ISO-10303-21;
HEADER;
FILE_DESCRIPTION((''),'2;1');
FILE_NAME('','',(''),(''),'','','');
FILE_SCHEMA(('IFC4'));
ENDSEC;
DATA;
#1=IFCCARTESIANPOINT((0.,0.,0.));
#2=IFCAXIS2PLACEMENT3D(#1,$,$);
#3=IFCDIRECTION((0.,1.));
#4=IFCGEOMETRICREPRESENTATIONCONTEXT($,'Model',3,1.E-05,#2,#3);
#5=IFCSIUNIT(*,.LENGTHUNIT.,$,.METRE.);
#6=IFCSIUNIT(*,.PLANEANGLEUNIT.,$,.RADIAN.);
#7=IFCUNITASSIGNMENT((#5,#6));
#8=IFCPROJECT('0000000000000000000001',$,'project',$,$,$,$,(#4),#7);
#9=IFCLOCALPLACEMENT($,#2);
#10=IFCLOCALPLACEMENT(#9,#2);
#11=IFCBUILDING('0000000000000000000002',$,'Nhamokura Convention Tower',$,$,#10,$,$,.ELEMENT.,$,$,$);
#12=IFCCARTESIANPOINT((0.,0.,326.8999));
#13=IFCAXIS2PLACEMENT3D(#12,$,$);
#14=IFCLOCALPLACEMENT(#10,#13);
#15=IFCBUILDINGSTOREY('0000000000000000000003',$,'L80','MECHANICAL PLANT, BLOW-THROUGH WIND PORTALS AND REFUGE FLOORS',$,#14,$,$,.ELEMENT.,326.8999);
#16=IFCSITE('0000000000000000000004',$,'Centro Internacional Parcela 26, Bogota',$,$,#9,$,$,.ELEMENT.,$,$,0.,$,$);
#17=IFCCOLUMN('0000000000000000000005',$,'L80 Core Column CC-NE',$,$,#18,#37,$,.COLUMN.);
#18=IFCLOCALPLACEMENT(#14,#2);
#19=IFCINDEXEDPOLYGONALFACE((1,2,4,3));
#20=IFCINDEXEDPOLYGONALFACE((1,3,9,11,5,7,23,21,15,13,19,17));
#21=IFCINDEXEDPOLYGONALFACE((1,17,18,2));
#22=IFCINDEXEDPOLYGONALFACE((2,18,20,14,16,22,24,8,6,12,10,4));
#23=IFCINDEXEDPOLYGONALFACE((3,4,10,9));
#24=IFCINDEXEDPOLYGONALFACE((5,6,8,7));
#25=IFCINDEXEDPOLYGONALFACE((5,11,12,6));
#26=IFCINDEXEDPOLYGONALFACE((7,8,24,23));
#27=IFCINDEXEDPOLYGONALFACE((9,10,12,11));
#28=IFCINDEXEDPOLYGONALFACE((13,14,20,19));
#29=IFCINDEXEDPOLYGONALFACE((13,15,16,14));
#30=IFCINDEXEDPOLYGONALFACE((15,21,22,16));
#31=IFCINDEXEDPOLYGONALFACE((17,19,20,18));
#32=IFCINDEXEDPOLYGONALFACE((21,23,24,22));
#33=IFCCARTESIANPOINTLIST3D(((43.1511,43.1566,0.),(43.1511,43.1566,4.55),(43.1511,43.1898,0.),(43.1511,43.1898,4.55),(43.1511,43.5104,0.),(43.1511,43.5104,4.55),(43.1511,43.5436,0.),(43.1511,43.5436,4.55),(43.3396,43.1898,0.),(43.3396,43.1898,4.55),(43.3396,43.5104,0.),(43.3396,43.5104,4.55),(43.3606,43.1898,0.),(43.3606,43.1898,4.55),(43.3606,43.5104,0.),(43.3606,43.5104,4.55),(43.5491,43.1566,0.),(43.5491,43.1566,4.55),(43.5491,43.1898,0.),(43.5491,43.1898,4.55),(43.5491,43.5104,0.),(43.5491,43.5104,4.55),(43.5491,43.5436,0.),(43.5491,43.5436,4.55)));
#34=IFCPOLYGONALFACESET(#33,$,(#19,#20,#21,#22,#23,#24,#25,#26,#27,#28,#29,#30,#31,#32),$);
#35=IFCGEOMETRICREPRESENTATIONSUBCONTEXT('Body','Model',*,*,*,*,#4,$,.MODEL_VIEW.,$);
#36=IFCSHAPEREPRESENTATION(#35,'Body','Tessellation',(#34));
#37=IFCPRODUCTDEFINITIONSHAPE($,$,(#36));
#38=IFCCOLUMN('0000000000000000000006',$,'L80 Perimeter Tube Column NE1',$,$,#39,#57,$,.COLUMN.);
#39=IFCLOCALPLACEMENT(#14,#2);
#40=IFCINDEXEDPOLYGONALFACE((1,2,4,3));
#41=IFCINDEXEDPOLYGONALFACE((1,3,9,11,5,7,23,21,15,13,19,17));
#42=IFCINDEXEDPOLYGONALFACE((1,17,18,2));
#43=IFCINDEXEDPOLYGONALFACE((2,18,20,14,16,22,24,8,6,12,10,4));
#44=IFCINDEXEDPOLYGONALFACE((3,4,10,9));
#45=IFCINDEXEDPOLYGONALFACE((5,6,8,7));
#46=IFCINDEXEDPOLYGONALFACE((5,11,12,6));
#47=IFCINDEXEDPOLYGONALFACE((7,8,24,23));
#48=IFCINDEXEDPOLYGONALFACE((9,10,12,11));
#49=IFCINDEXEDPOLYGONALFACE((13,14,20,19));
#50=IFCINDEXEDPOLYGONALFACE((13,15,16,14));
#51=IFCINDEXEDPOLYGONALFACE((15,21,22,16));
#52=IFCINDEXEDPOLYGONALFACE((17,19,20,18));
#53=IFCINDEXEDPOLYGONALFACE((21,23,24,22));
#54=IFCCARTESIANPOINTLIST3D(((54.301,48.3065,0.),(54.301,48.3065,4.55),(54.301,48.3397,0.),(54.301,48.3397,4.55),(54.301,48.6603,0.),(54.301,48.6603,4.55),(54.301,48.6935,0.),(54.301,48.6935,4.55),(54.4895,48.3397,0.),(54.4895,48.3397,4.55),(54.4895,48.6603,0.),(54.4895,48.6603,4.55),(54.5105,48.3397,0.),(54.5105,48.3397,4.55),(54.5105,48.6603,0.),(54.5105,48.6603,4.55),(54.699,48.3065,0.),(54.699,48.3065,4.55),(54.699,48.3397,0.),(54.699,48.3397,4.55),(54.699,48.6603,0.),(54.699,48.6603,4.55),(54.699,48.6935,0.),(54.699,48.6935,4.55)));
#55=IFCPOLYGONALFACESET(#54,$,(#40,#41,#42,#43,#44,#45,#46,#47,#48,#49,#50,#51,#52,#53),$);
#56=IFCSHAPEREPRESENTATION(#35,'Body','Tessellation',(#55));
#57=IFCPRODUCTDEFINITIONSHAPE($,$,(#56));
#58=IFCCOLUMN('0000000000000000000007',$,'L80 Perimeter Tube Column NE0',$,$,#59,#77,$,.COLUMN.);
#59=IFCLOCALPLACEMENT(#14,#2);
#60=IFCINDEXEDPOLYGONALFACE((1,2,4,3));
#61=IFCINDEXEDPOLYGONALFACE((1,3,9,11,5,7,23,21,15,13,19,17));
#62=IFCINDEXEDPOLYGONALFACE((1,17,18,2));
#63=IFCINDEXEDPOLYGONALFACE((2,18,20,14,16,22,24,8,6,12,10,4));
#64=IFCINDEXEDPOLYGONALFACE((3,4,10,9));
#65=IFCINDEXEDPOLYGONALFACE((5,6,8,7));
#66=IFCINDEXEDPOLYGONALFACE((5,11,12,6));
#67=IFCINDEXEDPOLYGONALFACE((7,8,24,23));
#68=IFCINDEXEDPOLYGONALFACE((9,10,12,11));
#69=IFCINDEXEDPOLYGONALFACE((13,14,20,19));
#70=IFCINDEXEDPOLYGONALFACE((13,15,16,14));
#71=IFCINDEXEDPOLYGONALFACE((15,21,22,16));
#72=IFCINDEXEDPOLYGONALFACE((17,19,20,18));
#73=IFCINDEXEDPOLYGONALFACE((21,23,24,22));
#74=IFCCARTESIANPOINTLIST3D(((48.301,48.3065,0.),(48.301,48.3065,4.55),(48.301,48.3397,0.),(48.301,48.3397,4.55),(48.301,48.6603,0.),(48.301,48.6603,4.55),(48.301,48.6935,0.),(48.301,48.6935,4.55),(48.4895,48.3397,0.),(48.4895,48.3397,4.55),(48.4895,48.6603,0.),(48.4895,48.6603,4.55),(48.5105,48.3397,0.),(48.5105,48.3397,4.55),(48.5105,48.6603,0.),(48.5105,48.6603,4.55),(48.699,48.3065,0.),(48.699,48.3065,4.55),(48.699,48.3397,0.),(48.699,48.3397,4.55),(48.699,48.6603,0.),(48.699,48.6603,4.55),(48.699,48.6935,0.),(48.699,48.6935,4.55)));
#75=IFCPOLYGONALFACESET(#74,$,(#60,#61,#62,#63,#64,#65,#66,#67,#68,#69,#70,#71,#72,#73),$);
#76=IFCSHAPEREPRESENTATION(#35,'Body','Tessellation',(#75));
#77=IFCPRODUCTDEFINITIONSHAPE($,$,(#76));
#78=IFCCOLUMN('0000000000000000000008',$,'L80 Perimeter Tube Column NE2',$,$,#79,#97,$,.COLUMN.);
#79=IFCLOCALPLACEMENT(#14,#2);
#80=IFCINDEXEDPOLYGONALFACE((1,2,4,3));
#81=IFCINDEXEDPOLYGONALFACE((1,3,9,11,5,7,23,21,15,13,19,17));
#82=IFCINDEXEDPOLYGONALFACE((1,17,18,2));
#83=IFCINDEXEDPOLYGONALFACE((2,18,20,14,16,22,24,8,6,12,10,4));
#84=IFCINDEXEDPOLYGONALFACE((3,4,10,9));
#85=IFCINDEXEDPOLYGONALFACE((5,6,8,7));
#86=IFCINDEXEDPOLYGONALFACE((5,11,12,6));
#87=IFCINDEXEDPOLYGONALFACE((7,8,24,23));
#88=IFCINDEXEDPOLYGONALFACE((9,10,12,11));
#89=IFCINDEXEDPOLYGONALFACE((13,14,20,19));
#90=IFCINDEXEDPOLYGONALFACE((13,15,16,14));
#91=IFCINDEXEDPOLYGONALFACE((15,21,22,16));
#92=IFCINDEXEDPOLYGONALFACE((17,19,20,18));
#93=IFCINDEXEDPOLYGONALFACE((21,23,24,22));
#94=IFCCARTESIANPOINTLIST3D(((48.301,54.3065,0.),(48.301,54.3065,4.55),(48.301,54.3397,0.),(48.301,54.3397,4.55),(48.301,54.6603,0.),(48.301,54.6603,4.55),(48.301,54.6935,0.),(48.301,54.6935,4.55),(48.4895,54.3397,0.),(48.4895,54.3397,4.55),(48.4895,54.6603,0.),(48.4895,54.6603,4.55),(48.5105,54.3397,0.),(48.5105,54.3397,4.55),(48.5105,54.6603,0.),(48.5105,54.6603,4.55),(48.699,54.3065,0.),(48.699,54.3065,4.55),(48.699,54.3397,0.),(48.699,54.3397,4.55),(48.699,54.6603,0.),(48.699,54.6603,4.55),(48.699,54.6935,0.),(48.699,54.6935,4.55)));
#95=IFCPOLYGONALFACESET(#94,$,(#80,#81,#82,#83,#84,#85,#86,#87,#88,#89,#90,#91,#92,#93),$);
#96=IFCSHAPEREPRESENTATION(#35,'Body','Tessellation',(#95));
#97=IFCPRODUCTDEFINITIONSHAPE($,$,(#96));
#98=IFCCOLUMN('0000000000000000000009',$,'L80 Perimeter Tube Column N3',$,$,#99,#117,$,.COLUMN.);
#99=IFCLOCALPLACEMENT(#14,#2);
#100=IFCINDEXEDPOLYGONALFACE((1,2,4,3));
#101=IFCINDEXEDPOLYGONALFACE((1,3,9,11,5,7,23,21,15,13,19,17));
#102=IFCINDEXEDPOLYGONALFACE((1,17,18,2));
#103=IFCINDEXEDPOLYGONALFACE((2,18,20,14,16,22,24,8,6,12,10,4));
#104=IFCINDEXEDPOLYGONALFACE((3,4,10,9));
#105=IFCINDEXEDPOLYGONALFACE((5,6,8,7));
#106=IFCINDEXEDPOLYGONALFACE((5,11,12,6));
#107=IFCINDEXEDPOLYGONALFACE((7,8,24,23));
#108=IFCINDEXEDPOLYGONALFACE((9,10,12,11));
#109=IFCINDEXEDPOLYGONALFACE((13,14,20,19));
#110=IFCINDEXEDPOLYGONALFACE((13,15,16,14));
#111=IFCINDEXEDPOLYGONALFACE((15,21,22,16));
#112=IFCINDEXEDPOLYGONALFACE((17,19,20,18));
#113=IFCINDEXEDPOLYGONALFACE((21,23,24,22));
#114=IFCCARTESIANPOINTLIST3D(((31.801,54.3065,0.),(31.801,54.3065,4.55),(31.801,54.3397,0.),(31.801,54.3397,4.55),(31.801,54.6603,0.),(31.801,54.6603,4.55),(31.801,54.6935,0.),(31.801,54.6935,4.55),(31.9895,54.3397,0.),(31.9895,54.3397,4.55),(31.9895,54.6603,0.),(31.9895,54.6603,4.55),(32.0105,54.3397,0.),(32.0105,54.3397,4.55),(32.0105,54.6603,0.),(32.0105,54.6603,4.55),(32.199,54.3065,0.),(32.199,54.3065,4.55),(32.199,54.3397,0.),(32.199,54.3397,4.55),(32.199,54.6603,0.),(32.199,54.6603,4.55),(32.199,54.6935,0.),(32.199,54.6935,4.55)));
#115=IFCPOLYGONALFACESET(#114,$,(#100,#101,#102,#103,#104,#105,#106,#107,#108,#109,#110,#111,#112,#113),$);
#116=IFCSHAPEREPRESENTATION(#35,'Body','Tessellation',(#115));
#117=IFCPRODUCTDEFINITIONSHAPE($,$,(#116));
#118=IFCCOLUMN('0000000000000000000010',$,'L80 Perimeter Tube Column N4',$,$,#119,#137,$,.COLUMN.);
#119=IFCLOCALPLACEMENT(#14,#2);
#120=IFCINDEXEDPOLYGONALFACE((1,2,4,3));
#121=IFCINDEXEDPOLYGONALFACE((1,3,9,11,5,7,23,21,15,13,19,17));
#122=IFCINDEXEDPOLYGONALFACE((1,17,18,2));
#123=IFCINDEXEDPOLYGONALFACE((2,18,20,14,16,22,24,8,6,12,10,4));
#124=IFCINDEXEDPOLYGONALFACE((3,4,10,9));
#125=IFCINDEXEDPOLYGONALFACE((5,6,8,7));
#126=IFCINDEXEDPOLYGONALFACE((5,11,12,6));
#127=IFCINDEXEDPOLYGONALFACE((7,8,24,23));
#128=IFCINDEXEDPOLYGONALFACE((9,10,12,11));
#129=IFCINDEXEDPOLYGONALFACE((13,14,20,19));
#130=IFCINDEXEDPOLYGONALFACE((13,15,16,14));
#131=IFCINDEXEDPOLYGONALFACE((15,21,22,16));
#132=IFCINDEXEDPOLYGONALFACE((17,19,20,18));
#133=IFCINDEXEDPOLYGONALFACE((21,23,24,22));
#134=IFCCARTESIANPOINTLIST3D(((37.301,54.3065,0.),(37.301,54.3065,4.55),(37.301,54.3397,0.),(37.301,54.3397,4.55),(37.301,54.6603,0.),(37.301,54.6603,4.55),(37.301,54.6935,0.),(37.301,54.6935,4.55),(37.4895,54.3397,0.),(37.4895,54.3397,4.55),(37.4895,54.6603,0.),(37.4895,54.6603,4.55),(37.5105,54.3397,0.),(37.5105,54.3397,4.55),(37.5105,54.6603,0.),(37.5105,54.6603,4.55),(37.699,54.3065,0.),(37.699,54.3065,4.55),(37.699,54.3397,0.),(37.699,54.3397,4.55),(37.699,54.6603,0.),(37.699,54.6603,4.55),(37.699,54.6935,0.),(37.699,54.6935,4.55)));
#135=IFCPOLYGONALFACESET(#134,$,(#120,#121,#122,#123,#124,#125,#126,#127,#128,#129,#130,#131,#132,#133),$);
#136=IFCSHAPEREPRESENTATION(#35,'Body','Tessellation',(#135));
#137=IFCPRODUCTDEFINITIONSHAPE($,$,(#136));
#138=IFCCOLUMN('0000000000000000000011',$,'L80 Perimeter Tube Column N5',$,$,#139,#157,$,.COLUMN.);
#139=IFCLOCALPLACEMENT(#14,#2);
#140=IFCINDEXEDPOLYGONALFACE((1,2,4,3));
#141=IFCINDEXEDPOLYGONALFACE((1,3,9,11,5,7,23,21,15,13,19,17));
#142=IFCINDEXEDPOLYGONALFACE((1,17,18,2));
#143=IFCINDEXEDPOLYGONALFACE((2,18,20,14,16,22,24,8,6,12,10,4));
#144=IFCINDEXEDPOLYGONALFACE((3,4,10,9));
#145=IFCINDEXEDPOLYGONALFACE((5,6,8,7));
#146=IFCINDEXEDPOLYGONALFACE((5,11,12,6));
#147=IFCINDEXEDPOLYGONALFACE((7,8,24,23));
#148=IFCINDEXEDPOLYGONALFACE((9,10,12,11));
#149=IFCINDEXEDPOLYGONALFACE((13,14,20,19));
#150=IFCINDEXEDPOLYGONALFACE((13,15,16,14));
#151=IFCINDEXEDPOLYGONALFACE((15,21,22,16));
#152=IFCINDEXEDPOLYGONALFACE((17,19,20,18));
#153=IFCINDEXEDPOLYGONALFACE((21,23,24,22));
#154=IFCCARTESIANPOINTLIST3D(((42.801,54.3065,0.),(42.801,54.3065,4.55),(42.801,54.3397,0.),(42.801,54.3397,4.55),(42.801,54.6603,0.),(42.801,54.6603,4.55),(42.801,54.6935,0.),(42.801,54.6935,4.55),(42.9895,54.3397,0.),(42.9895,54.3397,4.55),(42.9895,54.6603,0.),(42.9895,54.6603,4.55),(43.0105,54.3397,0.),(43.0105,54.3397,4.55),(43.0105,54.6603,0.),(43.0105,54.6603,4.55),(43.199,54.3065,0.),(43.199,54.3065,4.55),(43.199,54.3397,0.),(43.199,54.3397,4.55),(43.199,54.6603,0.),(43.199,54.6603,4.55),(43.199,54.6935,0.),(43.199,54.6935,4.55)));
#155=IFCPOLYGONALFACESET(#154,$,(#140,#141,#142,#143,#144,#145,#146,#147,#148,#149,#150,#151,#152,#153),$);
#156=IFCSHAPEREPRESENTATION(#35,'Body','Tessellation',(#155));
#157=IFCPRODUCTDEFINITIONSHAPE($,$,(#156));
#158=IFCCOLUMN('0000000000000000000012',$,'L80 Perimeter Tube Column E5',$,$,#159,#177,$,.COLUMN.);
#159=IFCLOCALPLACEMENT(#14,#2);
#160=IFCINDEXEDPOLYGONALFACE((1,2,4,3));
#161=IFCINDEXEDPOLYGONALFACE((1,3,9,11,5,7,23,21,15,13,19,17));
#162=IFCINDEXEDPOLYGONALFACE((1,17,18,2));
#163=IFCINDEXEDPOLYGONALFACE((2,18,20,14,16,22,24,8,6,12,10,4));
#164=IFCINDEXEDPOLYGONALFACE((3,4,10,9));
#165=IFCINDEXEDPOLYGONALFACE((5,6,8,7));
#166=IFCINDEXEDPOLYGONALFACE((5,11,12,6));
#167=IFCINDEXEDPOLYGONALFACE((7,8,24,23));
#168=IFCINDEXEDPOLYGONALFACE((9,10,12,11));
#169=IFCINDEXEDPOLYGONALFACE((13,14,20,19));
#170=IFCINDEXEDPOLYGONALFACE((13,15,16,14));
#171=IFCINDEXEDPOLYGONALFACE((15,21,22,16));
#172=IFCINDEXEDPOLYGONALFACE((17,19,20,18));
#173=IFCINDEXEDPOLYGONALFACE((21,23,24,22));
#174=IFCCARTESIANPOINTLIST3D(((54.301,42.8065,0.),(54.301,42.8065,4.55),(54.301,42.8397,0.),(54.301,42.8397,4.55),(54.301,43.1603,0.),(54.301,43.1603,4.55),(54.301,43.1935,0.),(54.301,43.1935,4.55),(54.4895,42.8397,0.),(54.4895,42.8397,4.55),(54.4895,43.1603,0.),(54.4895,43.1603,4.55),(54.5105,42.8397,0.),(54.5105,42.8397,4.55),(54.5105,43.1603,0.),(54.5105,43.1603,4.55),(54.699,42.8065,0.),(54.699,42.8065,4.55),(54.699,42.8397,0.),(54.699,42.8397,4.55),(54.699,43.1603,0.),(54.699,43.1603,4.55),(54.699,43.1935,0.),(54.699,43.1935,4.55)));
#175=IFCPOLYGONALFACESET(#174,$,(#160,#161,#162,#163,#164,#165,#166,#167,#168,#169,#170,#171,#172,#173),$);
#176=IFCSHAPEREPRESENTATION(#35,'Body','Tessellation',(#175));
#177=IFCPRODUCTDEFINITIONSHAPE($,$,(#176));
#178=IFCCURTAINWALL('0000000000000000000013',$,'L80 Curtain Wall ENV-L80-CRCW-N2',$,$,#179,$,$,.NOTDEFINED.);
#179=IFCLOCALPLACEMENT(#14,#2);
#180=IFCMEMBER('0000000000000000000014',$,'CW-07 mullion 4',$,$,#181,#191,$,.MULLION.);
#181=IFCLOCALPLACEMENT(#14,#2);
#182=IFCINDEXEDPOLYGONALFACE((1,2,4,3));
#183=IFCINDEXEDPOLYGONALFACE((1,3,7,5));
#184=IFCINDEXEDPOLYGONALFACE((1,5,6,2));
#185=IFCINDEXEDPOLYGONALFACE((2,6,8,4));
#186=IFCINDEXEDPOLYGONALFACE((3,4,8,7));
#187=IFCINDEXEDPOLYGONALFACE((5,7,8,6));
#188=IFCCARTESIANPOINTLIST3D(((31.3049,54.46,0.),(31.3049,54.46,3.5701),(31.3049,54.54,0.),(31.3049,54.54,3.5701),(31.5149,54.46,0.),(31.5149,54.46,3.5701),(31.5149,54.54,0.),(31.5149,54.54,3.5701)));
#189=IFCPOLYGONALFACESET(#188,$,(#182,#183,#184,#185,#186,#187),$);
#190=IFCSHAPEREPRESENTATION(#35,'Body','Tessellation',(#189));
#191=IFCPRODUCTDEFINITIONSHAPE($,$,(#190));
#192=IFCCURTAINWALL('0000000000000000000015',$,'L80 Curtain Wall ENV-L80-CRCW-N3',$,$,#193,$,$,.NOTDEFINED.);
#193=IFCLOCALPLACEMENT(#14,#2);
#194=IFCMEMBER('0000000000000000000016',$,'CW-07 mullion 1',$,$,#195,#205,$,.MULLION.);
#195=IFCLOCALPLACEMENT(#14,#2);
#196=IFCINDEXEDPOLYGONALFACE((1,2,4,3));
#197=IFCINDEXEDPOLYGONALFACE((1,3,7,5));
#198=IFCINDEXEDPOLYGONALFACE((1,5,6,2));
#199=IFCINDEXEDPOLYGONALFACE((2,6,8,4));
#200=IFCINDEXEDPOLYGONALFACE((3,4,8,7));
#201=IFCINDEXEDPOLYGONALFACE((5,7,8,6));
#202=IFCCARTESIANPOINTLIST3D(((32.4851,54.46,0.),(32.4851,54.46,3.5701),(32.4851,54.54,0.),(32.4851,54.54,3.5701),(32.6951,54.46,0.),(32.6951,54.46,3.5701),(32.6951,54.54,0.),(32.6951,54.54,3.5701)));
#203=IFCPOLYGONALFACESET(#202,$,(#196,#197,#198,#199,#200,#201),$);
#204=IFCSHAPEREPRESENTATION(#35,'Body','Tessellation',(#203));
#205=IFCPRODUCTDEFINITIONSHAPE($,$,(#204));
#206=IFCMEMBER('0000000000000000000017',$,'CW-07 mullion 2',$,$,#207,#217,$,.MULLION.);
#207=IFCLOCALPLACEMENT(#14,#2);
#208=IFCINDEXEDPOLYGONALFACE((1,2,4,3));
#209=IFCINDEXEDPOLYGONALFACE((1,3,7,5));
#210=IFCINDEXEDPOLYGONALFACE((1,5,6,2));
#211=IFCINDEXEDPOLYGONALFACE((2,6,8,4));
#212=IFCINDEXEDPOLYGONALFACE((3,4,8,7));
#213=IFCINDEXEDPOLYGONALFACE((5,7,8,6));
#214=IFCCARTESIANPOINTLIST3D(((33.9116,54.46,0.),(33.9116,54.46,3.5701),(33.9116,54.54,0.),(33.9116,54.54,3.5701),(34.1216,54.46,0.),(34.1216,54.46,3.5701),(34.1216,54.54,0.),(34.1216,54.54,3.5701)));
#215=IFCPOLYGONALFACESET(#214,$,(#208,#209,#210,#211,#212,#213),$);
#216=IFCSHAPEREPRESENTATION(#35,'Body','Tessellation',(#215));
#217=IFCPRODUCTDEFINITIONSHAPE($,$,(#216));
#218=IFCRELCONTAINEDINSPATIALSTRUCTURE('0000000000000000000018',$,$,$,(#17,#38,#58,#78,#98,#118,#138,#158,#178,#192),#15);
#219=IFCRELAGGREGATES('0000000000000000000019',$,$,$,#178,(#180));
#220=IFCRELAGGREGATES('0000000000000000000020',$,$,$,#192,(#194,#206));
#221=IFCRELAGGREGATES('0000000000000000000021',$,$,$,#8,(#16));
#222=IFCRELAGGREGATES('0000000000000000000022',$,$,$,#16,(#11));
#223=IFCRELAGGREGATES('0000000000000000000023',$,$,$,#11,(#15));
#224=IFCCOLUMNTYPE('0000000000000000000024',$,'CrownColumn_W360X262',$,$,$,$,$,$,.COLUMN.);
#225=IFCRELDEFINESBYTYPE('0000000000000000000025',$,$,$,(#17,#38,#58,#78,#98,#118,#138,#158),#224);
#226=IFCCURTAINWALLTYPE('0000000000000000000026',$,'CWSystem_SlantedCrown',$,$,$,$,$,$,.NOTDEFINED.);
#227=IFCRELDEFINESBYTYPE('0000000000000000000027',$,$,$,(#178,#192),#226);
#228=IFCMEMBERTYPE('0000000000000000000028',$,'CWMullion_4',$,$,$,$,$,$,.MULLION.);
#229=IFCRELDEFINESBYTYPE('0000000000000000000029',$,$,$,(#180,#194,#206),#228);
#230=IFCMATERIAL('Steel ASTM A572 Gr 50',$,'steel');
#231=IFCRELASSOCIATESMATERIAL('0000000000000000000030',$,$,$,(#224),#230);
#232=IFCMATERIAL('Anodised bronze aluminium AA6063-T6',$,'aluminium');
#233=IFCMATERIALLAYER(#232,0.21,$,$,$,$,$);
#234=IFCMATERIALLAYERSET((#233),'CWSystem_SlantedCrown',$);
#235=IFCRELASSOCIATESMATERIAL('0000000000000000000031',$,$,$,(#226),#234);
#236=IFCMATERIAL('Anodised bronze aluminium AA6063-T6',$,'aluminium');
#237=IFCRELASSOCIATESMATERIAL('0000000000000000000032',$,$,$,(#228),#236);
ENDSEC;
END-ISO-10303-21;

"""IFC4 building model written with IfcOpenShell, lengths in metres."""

from ifc_helpers import new_model, si_unit, direction, frame, origin, origin_2d, place, context, subcontext, project, spatial, rectangle, i_section, extrude, material, layer, layer_set, material_profile, profile_set, type_object, element, aggregate, save


model = new_model("IFC4")

# Units and contexts
model_context = context("Model", 3, precision=1e-05, world=origin(), true_north=direction((0.0, 1.0)))
body_context = subcontext(model_context, "Body", "Model", "MODEL_VIEW")
ifc_project = project(units=[si_unit("LENGTHUNIT", "METRE"), si_unit("PLANEANGLEUNIT", "RADIAN")], contexts=[model_context])

# Site, building, storey
site_placement = place(None, origin())
site = spatial("IfcSite", under=ifc_project, at=site_placement, Name="Centro Internacional Parcela 26, Bogota", CompositionType="ELEMENT", RefElevation=0.0)
building_placement = place(site_placement, origin())
building = spatial("IfcBuilding", under=site, at=building_placement, Name="Nhamokura Convention Tower", CompositionType="ELEMENT")
storey_placement = place(building_placement, frame((0.0, 0.0, 326.8999)))
storey = spatial("IfcBuildingStorey", under=building, at=storey_placement, Name="L80", Description="MECHANICAL PLANT, BLOW-THROUGH WIND PORTALS AND REFUGE FLOORS", CompositionType="ELEMENT", Elevation=326.8999)

# Columns
ifc_material_1 = material(Name="Steel ASTM A572 Gr 50", Category="steel")
ifc_material_profile_1 = material_profile(ifc_material_1, i_section(OverallWidth=0.3979, OverallDepth=0.387, WebThickness=0.021, FlangeThickness=0.0332, at=origin_2d()))
ifc_profile_set_1 = profile_set([ifc_material_profile_1], Name="Steel ASTM A572 Gr 50")
column_type = type_object("IfcColumnType", Name="CrownColumn_W360X262", PredefinedType="COLUMN", material=ifc_profile_set_1)
for number, where, z_axis, x_axis, name in (
    (1, (43.3501, 43.3501, 0.0), (0.0, 0.0, 1.0), (1.0, 0.0, 0.0), "L80 Core Column CC-NE"),
    (2, (54.5, 48.5, 0.0), (0.0, 0.0, 1.0), (1.0, 0.0, 0.0), "L80 Perimeter Tube Column NE1"),
    (3, (48.5, 48.5, 0.0), (0.0, 0.0, 1.0), (1.0, 0.0, 0.0), "L80 Perimeter Tube Column NE0"),
    (4, (48.5, 54.5, 0.0), (0.0, 0.0, 1.0), (1.0, 0.0, 0.0), "L80 Perimeter Tube Column NE2"),
    (5, (32.0, 54.5, 0.0), (0.0, 0.0, 1.0), (1.0, 0.0, 0.0), "L80 Perimeter Tube Column N3"),
    (6, (37.5, 54.5, 0.0), (0.0, 0.0, 1.0), (1.0, 0.0, 0.0), "L80 Perimeter Tube Column N4"),
    (7, (43.0, 54.5, 0.0), (0.0, 0.0, 1.0), (1.0, 0.0, 0.0), "L80 Perimeter Tube Column N5"),
    (8, (54.5, 43.0, 0.0), (0.0, 0.0, 1.0), (1.0, 0.0, 0.0), "L80 Perimeter Tube Column E5"),
):
    element("IfcColumn", number, at=place(storey_placement, frame(where, z_axis=z_axis, x_axis=x_axis)), inside=storey, type_object=column_type, Name=name, PredefinedType="COLUMN", context=body_context, shape_type="SweptSolid", body=[
        extrude(i_section(OverallWidth=0.3979, OverallDepth=0.387, WebThickness=0.021, FlangeThickness=0.0332, at=origin_2d()), origin(), (0.0, 0.0, 1.0), 4.55),
    ])

# Curtain wall, member
ifc_material_2 = material(Name="Anodised bronze aluminium AA6063-T6", Category="aluminium")
ifc_layer_1 = layer(ifc_material_2, 0.21)
ifc_layer_set_1 = layer_set([ifc_layer_1], Name="CWSystem_SlantedCrown")
curtain_wall_type = type_object("IfcCurtainWallType", Name="CWSystem_SlantedCrown", PredefinedType="NOTDEFINED", material=ifc_layer_set_1)
curtain_wall_1_placement = place(storey_placement, origin())
curtain_wall_1 = element("IfcCurtainWall", 9, at=curtain_wall_1_placement, inside=storey, type_object=curtain_wall_type, Name="L80 Curtain Wall ENV-L80-CRCW-N2", PredefinedType="NOTDEFINED")
ifc_material_3 = material(Name="Anodised bronze aluminium AA6063-T6", Category="aluminium")
ifc_material_profile_2 = material_profile(ifc_material_3, rectangle(XDim=0.0801, YDim=0.21, at=origin_2d()))
ifc_profile_set_2 = profile_set([ifc_material_profile_2], Name="Anodised bronze aluminium AA6063-T6")
member_type_1 = type_object("IfcMemberType", Name="CWMullion_4", PredefinedType="MULLION", material=ifc_profile_set_2)
member_1_placement = place(storey_placement, frame((31.4099, 54.5, 0.0), z_axis=(0.0, 0.0, 1.0), x_axis=(0.0, 1.0, 0.0)))
member_1 = element("IfcMember", 10, at=member_1_placement, type_object=member_type_1, Name="CW-07 mullion 4", PredefinedType="MULLION", context=body_context, shape_type="SweptSolid", body=[
    extrude(rectangle(XDim=0.0801, YDim=0.21, at=origin_2d()), origin(), (0.0, 0.0, 1.0), 3.5701),
])
aggregate(curtain_wall_1, [member_1])

# Curtain wall, members
curtain_wall_2_placement = place(storey_placement, origin())
curtain_wall_2 = element("IfcCurtainWall", 11, at=curtain_wall_2_placement, inside=storey, type_object=curtain_wall_type, Name="L80 Curtain Wall ENV-L80-CRCW-N3", PredefinedType="NOTDEFINED")
member_2_placement = place(storey_placement, frame((32.5901, 54.5, 0.0), z_axis=(0.0, 0.0, 1.0), x_axis=(0.0, 1.0, 0.0)))
member_2 = element("IfcMember", 12, at=member_2_placement, type_object=member_type_1, Name="CW-07 mullion 1", PredefinedType="MULLION", context=body_context, shape_type="SweptSolid", body=[
    extrude(rectangle(XDim=0.0801, YDim=0.21, at=origin_2d()), origin(), (0.0, 0.0, 1.0), 3.5701),
])
member_3_placement = place(storey_placement, frame((34.0166, 54.5, 0.0), z_axis=(0.0, 0.0, 1.0), x_axis=(0.0, 1.0, 0.0)))
member_3 = element("IfcMember", 13, at=member_3_placement, type_object=member_type_1, Name="CW-07 mullion 2", PredefinedType="MULLION", context=body_context, shape_type="SweptSolid", body=[
    extrude(rectangle(XDim=0.0801, YDim=0.21, at=origin_2d()), origin(), (0.0, 0.0, 1.0), 3.5701),
])
aggregate(curtain_wall_2, [member_2, member_3])

save(model, "model.ifc")
